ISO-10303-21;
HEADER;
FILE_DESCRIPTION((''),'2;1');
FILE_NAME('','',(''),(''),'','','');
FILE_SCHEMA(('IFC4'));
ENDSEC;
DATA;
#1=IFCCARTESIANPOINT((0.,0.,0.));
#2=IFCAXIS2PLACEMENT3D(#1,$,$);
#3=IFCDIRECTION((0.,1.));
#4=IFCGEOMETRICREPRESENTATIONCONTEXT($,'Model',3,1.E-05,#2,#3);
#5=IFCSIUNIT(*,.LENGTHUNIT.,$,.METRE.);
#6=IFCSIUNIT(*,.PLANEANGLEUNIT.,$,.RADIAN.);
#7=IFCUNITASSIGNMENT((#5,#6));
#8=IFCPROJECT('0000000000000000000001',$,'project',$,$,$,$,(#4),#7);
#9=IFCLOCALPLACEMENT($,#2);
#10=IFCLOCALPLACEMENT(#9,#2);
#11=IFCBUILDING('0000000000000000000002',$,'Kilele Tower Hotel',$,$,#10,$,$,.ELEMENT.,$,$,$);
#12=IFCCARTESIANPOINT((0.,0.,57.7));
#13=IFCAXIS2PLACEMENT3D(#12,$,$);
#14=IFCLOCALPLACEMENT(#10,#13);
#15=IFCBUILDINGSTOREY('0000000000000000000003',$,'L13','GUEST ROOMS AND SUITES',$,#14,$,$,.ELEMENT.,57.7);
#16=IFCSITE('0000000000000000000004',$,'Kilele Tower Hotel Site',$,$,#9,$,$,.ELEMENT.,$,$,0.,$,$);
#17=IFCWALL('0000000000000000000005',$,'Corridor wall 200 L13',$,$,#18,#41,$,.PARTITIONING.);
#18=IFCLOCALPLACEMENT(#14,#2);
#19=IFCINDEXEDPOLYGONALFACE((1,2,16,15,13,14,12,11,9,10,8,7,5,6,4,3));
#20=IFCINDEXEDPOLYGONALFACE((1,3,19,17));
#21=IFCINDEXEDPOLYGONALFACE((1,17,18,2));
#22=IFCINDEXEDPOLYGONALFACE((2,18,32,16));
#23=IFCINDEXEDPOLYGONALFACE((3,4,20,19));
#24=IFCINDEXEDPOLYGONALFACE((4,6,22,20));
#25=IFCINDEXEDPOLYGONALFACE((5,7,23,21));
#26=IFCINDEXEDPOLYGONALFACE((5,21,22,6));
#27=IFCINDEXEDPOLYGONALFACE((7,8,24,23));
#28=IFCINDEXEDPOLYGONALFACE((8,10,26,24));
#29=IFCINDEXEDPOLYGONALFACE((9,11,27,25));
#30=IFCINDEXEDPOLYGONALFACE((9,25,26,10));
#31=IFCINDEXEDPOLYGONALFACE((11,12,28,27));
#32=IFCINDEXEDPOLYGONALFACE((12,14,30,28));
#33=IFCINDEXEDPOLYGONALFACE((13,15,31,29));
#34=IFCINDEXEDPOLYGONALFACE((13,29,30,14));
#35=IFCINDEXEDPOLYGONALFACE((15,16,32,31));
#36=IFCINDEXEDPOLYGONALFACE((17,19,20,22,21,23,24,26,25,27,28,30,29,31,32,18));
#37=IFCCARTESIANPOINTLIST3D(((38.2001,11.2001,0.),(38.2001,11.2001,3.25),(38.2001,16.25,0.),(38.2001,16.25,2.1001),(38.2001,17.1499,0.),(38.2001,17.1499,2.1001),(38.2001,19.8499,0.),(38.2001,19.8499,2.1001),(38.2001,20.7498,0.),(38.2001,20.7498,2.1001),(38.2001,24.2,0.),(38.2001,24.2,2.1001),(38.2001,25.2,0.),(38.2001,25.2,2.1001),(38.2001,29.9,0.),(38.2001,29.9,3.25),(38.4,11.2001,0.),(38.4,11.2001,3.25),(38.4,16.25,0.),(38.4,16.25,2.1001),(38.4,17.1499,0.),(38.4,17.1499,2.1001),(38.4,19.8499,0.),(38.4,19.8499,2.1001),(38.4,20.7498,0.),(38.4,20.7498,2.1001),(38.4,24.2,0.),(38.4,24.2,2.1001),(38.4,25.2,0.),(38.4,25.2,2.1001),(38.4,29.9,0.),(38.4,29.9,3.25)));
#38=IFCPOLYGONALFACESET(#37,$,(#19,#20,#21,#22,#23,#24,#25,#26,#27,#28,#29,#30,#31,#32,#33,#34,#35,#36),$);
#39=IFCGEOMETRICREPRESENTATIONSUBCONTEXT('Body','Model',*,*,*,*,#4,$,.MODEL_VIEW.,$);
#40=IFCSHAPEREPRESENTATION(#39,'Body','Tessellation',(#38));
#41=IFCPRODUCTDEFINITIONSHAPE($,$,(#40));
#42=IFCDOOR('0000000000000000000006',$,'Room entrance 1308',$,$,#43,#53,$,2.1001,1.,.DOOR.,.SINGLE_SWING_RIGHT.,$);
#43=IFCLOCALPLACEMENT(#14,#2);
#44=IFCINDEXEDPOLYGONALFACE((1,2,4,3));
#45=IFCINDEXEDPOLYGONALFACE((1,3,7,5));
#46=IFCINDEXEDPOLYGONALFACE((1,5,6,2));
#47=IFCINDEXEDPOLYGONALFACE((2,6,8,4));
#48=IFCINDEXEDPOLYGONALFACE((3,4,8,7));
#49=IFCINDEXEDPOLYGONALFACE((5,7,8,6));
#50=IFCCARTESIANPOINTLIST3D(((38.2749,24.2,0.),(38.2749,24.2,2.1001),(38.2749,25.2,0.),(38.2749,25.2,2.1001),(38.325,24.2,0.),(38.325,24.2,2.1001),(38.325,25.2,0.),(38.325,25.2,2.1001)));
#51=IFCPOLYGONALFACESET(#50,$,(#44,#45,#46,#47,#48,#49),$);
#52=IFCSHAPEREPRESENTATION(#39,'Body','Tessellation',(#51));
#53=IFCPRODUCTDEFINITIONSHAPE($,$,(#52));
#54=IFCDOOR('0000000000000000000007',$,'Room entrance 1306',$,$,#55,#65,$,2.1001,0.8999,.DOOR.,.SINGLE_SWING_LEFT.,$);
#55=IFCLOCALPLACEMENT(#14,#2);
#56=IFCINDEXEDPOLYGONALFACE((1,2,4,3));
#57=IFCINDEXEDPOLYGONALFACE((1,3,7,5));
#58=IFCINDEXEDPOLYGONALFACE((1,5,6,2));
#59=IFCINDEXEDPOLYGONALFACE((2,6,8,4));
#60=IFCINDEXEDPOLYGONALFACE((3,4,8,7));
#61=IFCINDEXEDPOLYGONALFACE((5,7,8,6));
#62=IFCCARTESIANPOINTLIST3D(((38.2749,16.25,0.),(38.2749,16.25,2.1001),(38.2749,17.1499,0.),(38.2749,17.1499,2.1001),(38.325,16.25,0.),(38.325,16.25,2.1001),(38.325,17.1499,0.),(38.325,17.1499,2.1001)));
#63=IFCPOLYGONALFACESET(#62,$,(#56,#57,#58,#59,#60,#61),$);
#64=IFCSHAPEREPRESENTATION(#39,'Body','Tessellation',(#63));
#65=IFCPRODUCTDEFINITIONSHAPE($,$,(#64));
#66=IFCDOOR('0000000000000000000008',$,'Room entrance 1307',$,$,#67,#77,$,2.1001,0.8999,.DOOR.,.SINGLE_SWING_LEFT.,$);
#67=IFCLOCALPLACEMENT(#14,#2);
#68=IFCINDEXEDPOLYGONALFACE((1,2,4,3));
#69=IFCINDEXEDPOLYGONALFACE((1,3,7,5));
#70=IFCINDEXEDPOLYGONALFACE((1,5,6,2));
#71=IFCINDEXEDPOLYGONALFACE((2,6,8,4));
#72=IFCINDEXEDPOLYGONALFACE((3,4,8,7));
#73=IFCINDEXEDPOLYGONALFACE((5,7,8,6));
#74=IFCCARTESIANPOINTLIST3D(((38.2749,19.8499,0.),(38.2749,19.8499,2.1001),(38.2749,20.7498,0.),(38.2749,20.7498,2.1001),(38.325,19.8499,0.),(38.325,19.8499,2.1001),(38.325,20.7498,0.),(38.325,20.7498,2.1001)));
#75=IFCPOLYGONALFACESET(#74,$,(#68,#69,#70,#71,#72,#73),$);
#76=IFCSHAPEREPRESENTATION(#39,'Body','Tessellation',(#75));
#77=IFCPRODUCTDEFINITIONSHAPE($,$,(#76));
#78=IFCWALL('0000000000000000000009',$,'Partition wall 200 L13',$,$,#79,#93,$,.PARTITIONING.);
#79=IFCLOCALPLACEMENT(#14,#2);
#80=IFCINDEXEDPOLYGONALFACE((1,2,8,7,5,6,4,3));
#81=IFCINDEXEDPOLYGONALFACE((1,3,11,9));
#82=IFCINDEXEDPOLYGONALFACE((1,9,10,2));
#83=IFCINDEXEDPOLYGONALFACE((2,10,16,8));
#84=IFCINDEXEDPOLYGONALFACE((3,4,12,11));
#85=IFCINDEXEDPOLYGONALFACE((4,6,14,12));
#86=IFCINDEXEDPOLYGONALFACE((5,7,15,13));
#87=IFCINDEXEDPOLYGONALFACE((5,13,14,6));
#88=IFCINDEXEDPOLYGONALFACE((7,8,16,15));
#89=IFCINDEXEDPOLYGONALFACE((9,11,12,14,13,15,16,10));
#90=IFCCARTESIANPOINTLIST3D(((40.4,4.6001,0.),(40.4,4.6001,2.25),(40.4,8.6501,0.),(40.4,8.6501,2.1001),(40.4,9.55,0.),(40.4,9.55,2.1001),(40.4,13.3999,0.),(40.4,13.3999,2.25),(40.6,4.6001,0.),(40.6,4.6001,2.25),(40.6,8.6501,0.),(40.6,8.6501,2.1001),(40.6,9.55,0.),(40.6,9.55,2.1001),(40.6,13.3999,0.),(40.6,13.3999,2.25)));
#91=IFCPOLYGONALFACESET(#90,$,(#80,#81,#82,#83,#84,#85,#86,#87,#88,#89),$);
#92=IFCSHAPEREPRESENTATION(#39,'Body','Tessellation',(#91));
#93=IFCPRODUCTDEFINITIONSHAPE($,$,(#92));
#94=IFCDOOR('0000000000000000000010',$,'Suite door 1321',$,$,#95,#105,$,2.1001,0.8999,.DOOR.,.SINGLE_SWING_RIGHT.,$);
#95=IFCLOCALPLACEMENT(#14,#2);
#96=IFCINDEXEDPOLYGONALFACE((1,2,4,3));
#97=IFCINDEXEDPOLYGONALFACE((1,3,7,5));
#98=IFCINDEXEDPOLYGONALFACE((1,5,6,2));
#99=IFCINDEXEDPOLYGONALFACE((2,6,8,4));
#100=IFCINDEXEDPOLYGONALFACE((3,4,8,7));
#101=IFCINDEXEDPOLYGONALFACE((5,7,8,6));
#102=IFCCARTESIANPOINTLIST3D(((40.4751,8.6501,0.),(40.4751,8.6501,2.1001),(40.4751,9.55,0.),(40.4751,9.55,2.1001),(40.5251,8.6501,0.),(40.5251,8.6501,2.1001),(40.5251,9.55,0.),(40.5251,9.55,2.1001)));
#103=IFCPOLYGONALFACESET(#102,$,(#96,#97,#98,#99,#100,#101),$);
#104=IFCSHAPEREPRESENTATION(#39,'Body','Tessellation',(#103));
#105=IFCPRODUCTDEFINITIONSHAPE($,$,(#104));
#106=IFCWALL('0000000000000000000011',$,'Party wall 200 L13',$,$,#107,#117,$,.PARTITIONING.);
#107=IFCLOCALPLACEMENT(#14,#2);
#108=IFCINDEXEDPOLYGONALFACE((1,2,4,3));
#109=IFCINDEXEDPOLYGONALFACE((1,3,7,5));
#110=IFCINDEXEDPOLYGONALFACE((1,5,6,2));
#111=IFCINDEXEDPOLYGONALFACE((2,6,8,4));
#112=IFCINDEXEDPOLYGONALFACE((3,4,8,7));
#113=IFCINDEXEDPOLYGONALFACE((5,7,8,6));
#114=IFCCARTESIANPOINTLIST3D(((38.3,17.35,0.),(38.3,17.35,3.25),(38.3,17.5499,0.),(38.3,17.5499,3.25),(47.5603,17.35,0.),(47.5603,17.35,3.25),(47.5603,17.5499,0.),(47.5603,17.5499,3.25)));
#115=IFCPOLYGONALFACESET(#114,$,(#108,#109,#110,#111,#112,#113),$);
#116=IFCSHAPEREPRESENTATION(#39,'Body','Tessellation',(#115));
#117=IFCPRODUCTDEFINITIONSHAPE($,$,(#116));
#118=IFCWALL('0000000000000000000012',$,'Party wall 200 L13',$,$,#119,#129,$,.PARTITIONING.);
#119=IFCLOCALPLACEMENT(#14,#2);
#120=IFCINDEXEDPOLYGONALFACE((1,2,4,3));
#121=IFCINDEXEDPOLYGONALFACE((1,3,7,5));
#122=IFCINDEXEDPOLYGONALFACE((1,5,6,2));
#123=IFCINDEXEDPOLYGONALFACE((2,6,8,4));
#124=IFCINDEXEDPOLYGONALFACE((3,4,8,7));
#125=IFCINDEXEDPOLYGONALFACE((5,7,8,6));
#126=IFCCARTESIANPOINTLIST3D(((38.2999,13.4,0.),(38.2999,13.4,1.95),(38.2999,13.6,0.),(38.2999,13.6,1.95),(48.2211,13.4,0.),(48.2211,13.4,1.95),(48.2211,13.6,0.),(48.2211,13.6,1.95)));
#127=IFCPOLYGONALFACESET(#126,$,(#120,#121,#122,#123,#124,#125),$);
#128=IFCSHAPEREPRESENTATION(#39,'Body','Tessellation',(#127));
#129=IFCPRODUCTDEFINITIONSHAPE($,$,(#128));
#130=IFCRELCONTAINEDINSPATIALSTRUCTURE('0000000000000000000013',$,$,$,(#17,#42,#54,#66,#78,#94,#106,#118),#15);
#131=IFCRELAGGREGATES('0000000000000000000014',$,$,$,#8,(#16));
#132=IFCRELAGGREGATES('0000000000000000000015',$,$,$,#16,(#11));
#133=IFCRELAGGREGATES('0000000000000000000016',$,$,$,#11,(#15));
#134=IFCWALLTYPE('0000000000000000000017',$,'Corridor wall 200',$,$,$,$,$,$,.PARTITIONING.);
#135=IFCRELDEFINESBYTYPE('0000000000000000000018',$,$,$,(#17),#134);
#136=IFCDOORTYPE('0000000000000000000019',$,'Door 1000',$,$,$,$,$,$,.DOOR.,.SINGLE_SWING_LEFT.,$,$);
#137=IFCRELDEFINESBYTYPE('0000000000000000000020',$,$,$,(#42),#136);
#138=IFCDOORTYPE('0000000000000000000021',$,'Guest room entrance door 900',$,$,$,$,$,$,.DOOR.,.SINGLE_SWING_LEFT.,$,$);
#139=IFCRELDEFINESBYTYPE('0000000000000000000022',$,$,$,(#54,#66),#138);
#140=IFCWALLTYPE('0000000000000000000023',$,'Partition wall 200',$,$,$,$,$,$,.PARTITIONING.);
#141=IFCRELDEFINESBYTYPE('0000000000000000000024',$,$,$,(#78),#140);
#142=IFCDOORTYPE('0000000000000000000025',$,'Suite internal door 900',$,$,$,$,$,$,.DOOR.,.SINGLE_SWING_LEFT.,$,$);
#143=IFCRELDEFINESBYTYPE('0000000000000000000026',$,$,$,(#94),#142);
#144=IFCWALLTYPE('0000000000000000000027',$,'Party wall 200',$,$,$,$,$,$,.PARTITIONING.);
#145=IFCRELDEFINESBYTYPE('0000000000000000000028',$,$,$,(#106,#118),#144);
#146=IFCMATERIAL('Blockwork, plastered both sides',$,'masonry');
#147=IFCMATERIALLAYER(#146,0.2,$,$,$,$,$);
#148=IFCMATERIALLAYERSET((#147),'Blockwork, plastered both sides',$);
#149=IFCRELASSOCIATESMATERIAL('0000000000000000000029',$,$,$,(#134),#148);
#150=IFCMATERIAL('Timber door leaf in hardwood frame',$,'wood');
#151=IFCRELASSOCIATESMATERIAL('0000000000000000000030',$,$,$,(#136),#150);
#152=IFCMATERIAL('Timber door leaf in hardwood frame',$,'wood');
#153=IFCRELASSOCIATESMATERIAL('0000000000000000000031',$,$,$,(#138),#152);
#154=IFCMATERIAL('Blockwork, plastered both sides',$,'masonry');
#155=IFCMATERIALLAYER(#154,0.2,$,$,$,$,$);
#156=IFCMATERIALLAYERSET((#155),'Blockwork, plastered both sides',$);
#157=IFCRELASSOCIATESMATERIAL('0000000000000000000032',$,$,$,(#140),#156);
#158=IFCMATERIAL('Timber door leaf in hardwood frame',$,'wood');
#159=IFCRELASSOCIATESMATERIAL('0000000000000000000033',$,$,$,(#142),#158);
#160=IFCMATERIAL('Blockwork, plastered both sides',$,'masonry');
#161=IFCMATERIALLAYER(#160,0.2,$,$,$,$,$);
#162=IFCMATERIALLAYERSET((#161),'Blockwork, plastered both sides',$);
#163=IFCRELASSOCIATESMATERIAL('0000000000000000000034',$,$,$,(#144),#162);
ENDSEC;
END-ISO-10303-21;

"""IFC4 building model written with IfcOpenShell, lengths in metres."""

from ifc_helpers import new_model, si_unit, direction, frame, frame_2d, origin, place, context, subcontext, project, spatial, rectangle, extrude, material, layer, layer_set, type_object, element, fill, save


model = new_model("IFC4")

# Units and contexts
model_context = context("Model", 3, precision=1e-05, world=origin(), true_north=direction((0.0, 1.0)))
body_context = subcontext(model_context, "Body", "Model", "MODEL_VIEW")
ifc_project = project(units=[si_unit("LENGTHUNIT", "METRE"), si_unit("PLANEANGLEUNIT", "RADIAN")], contexts=[model_context])

# Site, building, storey
site_placement = place(None, origin())
site = spatial("IfcSite", under=ifc_project, at=site_placement, Name="Kilele Tower Hotel Site", CompositionType="ELEMENT", RefElevation=0.0)
building_placement = place(site_placement, origin())
building = spatial("IfcBuilding", under=site, at=building_placement, Name="Kilele Tower Hotel", CompositionType="ELEMENT")
storey_placement = place(building_placement, frame((0.0, 0.0, 57.7)))
storey = spatial("IfcBuildingStorey", under=building, at=storey_placement, Name="L13", Description="GUEST ROOMS AND SUITES", CompositionType="ELEMENT", Elevation=57.7)

# Wall, openings, doors
ifc_material_1 = material(Name="Blockwork, plastered both sides", Category="masonry")
ifc_layer_1 = layer(ifc_material_1, 0.2)
ifc_layer_set_1 = layer_set([ifc_layer_1], Name="Blockwork, plastered both sides")
wall_type_1 = type_object("IfcWallType", Name="Corridor wall 200", PredefinedType="PARTITIONING", material=ifc_layer_set_1)
wall_1_placement = place(storey_placement, frame((38.3, 11.2, 0.0), z_axis=(0.0, 0.0, 1.0), x_axis=(0.0, 1.0, 0.0)))
wall_1 = element("IfcWall", 1, at=wall_1_placement, inside=storey, type_object=wall_type_1, Name="Corridor wall 200 L13", PredefinedType="PARTITIONING", context=body_context, shape_type="SweptSolid", body=[
    extrude(rectangle(XDim=18.7, YDim=0.2, at=frame_2d((9.3501, 0.0))), origin(), (0.0, 0.0, 1.0), 3.25),
])
opening_1_placement = place(wall_1_placement, frame((5.95, 0.0, 0.0), z_axis=(0.0, 0.0, 1.0), x_axis=(-1.0, 0.0, 0.0)))
opening_1 = element("IfcOpeningElement", 2, at=opening_1_placement, cuts=wall_1, PredefinedType="OPENING", context=body_context, shape_type="SweptSolid", body=[
    extrude(rectangle(XDim=0.8999, YDim=2.1001, at=frame_2d((0.45, 1.05))), frame((0.0, 0.1099, 0.0), z_axis=(0.0, -1.0, 0.0), x_axis=(1.0, 0.0, 0.0)), (0.0, 0.0, 1.0), 0.22),
])
opening_2_placement = place(wall_1_placement, frame((9.5498, 0.0, 0.0), z_axis=(0.0, 0.0, 1.0), x_axis=(-1.0, 0.0, 0.0)))
opening_2 = element("IfcOpeningElement", 3, at=opening_2_placement, cuts=wall_1, PredefinedType="OPENING", context=body_context, shape_type="SweptSolid", body=[
    extrude(rectangle(XDim=0.8999, YDim=2.1001, at=frame_2d((0.45, 1.05))), frame((0.0, 0.1099, 0.0), z_axis=(0.0, -1.0, 0.0), x_axis=(1.0, 0.0, 0.0)), (0.0, 0.0, 1.0), 0.22),
])
opening_3_placement = place(wall_1_placement, frame((14.0, 0.0, 0.0), z_axis=(0.0, 0.0, 1.0), x_axis=(-1.0, 0.0, 0.0)))
opening_3 = element("IfcOpeningElement", 4, at=opening_3_placement, cuts=wall_1, PredefinedType="OPENING", context=body_context, shape_type="SweptSolid", body=[
    extrude(rectangle(XDim=1.0, YDim=2.1001, at=frame_2d((0.5, 1.05))), frame((0.0, 0.1099, 0.0), z_axis=(0.0, -1.0, 0.0), x_axis=(1.0, 0.0, 0.0)), (0.0, 0.0, 1.0), 0.22),
])
ifc_material_2 = material(Name="Timber door leaf in hardwood frame", Category="wood")
door_type_1 = type_object("IfcDoorType", Name="Door 1000", OperationType="SINGLE_SWING_LEFT", PredefinedType="DOOR", material=ifc_material_2)
door_1_placement = place(opening_3_placement, origin())
door_1 = element("IfcDoor", 5, at=door_1_placement, inside=storey, type_object=door_type_1, Name="Room entrance 1308", OperationType="SINGLE_SWING_RIGHT", OverallHeight=2.1001, OverallWidth=1.0, PredefinedType="DOOR", context=body_context, shape_type="SweptSolid", body=[
    extrude(rectangle(XDim=1.0, YDim=2.1001, at=frame_2d((0.5, 1.05))), frame((0.0, 0.0249, 0.0), z_axis=(0.0, -1.0, 0.0), x_axis=(1.0, 0.0, 0.0)), (0.0, 0.0, 1.0), 0.05),
])
fill(opening_3, door_1)
ifc_material_3 = material(Name="Timber door leaf in hardwood frame", Category="wood")
door_type_2 = type_object("IfcDoorType", Name="Guest room entrance door 900", OperationType="SINGLE_SWING_LEFT", PredefinedType="DOOR", material=ifc_material_3)
door_2_placement = place(opening_1_placement, origin())
door_2 = element("IfcDoor", 6, at=door_2_placement, inside=storey, type_object=door_type_2, Name="Room entrance 1306", OperationType="SINGLE_SWING_LEFT", OverallHeight=2.1001, OverallWidth=0.8999, PredefinedType="DOOR", context=body_context, shape_type="SweptSolid", body=[
    extrude(rectangle(XDim=0.8999, YDim=2.1001, at=frame_2d((0.45, 1.05))), frame((0.0, 0.0249, 0.0), z_axis=(0.0, -1.0, 0.0), x_axis=(1.0, 0.0, 0.0)), (0.0, 0.0, 1.0), 0.05),
])
fill(opening_1, door_2)
door_3_placement = place(opening_2_placement, origin())
door_3 = element("IfcDoor", 7, at=door_3_placement, inside=storey, type_object=door_type_2, Name="Room entrance 1307", OperationType="SINGLE_SWING_LEFT", OverallHeight=2.1001, OverallWidth=0.8999, PredefinedType="DOOR", context=body_context, shape_type="SweptSolid", body=[
    extrude(rectangle(XDim=0.8999, YDim=2.1001, at=frame_2d((0.45, 1.05))), frame((0.0, 0.0249, 0.0), z_axis=(0.0, -1.0, 0.0), x_axis=(1.0, 0.0, 0.0)), (0.0, 0.0, 1.0), 0.05),
])
fill(opening_2, door_3)

# Wall, opening, door
ifc_material_4 = material(Name="Blockwork, plastered both sides", Category="masonry")
ifc_layer_2 = layer(ifc_material_4, 0.2)
ifc_layer_set_2 = layer_set([ifc_layer_2], Name="Blockwork, plastered both sides")
wall_type_2 = type_object("IfcWallType", Name="Partition wall 200", PredefinedType="PARTITIONING", material=ifc_layer_set_2)
wall_2_placement = place(storey_placement, frame((40.5, 4.6001, 0.0), z_axis=(0.0, 0.0, 1.0), x_axis=(0.0, 1.0, 0.0)))
wall_2 = element("IfcWall", 8, at=wall_2_placement, inside=storey, type_object=wall_type_2, Name="Partition wall 200 L13", PredefinedType="PARTITIONING", context=body_context, shape_type="SweptSolid", body=[
    extrude(rectangle(XDim=8.7998, YDim=0.2, at=frame_2d((4.3999, 0.0))), origin(), (0.0, 0.0, 1.0), 2.25),
])
opening_4_placement = place(wall_2_placement, frame((4.05, 0.0, 0.0)))
opening_4 = element("IfcOpeningElement", 9, at=opening_4_placement, cuts=wall_2, PredefinedType="OPENING", context=body_context, shape_type="SweptSolid", body=[
    extrude(rectangle(XDim=0.8999, YDim=2.1001, at=frame_2d((0.45, 1.05))), frame((0.0, 0.1099, 0.0), z_axis=(0.0, -1.0, 0.0), x_axis=(1.0, 0.0, 0.0)), (0.0, 0.0, 1.0), 0.22),
])
ifc_material_5 = material(Name="Timber door leaf in hardwood frame", Category="wood")
door_type_3 = type_object("IfcDoorType", Name="Suite internal door 900", OperationType="SINGLE_SWING_LEFT", PredefinedType="DOOR", material=ifc_material_5)
door_4_placement = place(opening_4_placement, origin())
door_4 = element("IfcDoor", 10, at=door_4_placement, inside=storey, type_object=door_type_3, Name="Suite door 1321", OperationType="SINGLE_SWING_RIGHT", OverallHeight=2.1001, OverallWidth=0.8999, PredefinedType="DOOR", context=body_context, shape_type="SweptSolid", body=[
    extrude(rectangle(XDim=0.8999, YDim=2.1001, at=frame_2d((0.45, 1.05))), frame((0.0, 0.0249, 0.0), z_axis=(0.0, -1.0, 0.0), x_axis=(1.0, 0.0, 0.0)), (0.0, 0.0, 1.0), 0.05),
])
fill(opening_4, door_4)

# Walls
ifc_material_6 = material(Name="Blockwork, plastered both sides", Category="masonry")
ifc_layer_3 = layer(ifc_material_6, 0.2)
ifc_layer_set_3 = layer_set([ifc_layer_3], Name="Blockwork, plastered both sides")
wall_type_3 = type_object("IfcWallType", Name="Party wall 200", PredefinedType="PARTITIONING", material=ifc_layer_set_3)
wall_3_placement = place(storey_placement, frame((38.3, 17.45, 0.0), z_axis=(0.0, 0.0, 1.0), x_axis=(1.0, 0.0, 0.0)))
element("IfcWall", 11, at=wall_3_placement, inside=storey, type_object=wall_type_3, Name="Party wall 200 L13", PredefinedType="PARTITIONING", context=body_context, shape_type="SweptSolid", body=[
    extrude(rectangle(XDim=9.2603, YDim=0.2, at=frame_2d((4.6301, 0.0))), origin(), (0.0, 0.0, 1.0), 3.25),
])
wall_4_placement = place(storey_placement, frame((38.3, 13.5, 0.0), z_axis=(0.0, 0.0, 1.0), x_axis=(1.0, 0.0, 0.0)))
element("IfcWall", 12, at=wall_4_placement, inside=storey, type_object=wall_type_3, Name="Party wall 200 L13", PredefinedType="PARTITIONING", context=body_context, shape_type="SweptSolid", body=[
    extrude(rectangle(XDim=9.9211, YDim=0.2, at=frame_2d((4.9604, 0.0))), origin(), (0.0, 0.0, 1.0), 1.95),
])

save(model, "model.ifc")
